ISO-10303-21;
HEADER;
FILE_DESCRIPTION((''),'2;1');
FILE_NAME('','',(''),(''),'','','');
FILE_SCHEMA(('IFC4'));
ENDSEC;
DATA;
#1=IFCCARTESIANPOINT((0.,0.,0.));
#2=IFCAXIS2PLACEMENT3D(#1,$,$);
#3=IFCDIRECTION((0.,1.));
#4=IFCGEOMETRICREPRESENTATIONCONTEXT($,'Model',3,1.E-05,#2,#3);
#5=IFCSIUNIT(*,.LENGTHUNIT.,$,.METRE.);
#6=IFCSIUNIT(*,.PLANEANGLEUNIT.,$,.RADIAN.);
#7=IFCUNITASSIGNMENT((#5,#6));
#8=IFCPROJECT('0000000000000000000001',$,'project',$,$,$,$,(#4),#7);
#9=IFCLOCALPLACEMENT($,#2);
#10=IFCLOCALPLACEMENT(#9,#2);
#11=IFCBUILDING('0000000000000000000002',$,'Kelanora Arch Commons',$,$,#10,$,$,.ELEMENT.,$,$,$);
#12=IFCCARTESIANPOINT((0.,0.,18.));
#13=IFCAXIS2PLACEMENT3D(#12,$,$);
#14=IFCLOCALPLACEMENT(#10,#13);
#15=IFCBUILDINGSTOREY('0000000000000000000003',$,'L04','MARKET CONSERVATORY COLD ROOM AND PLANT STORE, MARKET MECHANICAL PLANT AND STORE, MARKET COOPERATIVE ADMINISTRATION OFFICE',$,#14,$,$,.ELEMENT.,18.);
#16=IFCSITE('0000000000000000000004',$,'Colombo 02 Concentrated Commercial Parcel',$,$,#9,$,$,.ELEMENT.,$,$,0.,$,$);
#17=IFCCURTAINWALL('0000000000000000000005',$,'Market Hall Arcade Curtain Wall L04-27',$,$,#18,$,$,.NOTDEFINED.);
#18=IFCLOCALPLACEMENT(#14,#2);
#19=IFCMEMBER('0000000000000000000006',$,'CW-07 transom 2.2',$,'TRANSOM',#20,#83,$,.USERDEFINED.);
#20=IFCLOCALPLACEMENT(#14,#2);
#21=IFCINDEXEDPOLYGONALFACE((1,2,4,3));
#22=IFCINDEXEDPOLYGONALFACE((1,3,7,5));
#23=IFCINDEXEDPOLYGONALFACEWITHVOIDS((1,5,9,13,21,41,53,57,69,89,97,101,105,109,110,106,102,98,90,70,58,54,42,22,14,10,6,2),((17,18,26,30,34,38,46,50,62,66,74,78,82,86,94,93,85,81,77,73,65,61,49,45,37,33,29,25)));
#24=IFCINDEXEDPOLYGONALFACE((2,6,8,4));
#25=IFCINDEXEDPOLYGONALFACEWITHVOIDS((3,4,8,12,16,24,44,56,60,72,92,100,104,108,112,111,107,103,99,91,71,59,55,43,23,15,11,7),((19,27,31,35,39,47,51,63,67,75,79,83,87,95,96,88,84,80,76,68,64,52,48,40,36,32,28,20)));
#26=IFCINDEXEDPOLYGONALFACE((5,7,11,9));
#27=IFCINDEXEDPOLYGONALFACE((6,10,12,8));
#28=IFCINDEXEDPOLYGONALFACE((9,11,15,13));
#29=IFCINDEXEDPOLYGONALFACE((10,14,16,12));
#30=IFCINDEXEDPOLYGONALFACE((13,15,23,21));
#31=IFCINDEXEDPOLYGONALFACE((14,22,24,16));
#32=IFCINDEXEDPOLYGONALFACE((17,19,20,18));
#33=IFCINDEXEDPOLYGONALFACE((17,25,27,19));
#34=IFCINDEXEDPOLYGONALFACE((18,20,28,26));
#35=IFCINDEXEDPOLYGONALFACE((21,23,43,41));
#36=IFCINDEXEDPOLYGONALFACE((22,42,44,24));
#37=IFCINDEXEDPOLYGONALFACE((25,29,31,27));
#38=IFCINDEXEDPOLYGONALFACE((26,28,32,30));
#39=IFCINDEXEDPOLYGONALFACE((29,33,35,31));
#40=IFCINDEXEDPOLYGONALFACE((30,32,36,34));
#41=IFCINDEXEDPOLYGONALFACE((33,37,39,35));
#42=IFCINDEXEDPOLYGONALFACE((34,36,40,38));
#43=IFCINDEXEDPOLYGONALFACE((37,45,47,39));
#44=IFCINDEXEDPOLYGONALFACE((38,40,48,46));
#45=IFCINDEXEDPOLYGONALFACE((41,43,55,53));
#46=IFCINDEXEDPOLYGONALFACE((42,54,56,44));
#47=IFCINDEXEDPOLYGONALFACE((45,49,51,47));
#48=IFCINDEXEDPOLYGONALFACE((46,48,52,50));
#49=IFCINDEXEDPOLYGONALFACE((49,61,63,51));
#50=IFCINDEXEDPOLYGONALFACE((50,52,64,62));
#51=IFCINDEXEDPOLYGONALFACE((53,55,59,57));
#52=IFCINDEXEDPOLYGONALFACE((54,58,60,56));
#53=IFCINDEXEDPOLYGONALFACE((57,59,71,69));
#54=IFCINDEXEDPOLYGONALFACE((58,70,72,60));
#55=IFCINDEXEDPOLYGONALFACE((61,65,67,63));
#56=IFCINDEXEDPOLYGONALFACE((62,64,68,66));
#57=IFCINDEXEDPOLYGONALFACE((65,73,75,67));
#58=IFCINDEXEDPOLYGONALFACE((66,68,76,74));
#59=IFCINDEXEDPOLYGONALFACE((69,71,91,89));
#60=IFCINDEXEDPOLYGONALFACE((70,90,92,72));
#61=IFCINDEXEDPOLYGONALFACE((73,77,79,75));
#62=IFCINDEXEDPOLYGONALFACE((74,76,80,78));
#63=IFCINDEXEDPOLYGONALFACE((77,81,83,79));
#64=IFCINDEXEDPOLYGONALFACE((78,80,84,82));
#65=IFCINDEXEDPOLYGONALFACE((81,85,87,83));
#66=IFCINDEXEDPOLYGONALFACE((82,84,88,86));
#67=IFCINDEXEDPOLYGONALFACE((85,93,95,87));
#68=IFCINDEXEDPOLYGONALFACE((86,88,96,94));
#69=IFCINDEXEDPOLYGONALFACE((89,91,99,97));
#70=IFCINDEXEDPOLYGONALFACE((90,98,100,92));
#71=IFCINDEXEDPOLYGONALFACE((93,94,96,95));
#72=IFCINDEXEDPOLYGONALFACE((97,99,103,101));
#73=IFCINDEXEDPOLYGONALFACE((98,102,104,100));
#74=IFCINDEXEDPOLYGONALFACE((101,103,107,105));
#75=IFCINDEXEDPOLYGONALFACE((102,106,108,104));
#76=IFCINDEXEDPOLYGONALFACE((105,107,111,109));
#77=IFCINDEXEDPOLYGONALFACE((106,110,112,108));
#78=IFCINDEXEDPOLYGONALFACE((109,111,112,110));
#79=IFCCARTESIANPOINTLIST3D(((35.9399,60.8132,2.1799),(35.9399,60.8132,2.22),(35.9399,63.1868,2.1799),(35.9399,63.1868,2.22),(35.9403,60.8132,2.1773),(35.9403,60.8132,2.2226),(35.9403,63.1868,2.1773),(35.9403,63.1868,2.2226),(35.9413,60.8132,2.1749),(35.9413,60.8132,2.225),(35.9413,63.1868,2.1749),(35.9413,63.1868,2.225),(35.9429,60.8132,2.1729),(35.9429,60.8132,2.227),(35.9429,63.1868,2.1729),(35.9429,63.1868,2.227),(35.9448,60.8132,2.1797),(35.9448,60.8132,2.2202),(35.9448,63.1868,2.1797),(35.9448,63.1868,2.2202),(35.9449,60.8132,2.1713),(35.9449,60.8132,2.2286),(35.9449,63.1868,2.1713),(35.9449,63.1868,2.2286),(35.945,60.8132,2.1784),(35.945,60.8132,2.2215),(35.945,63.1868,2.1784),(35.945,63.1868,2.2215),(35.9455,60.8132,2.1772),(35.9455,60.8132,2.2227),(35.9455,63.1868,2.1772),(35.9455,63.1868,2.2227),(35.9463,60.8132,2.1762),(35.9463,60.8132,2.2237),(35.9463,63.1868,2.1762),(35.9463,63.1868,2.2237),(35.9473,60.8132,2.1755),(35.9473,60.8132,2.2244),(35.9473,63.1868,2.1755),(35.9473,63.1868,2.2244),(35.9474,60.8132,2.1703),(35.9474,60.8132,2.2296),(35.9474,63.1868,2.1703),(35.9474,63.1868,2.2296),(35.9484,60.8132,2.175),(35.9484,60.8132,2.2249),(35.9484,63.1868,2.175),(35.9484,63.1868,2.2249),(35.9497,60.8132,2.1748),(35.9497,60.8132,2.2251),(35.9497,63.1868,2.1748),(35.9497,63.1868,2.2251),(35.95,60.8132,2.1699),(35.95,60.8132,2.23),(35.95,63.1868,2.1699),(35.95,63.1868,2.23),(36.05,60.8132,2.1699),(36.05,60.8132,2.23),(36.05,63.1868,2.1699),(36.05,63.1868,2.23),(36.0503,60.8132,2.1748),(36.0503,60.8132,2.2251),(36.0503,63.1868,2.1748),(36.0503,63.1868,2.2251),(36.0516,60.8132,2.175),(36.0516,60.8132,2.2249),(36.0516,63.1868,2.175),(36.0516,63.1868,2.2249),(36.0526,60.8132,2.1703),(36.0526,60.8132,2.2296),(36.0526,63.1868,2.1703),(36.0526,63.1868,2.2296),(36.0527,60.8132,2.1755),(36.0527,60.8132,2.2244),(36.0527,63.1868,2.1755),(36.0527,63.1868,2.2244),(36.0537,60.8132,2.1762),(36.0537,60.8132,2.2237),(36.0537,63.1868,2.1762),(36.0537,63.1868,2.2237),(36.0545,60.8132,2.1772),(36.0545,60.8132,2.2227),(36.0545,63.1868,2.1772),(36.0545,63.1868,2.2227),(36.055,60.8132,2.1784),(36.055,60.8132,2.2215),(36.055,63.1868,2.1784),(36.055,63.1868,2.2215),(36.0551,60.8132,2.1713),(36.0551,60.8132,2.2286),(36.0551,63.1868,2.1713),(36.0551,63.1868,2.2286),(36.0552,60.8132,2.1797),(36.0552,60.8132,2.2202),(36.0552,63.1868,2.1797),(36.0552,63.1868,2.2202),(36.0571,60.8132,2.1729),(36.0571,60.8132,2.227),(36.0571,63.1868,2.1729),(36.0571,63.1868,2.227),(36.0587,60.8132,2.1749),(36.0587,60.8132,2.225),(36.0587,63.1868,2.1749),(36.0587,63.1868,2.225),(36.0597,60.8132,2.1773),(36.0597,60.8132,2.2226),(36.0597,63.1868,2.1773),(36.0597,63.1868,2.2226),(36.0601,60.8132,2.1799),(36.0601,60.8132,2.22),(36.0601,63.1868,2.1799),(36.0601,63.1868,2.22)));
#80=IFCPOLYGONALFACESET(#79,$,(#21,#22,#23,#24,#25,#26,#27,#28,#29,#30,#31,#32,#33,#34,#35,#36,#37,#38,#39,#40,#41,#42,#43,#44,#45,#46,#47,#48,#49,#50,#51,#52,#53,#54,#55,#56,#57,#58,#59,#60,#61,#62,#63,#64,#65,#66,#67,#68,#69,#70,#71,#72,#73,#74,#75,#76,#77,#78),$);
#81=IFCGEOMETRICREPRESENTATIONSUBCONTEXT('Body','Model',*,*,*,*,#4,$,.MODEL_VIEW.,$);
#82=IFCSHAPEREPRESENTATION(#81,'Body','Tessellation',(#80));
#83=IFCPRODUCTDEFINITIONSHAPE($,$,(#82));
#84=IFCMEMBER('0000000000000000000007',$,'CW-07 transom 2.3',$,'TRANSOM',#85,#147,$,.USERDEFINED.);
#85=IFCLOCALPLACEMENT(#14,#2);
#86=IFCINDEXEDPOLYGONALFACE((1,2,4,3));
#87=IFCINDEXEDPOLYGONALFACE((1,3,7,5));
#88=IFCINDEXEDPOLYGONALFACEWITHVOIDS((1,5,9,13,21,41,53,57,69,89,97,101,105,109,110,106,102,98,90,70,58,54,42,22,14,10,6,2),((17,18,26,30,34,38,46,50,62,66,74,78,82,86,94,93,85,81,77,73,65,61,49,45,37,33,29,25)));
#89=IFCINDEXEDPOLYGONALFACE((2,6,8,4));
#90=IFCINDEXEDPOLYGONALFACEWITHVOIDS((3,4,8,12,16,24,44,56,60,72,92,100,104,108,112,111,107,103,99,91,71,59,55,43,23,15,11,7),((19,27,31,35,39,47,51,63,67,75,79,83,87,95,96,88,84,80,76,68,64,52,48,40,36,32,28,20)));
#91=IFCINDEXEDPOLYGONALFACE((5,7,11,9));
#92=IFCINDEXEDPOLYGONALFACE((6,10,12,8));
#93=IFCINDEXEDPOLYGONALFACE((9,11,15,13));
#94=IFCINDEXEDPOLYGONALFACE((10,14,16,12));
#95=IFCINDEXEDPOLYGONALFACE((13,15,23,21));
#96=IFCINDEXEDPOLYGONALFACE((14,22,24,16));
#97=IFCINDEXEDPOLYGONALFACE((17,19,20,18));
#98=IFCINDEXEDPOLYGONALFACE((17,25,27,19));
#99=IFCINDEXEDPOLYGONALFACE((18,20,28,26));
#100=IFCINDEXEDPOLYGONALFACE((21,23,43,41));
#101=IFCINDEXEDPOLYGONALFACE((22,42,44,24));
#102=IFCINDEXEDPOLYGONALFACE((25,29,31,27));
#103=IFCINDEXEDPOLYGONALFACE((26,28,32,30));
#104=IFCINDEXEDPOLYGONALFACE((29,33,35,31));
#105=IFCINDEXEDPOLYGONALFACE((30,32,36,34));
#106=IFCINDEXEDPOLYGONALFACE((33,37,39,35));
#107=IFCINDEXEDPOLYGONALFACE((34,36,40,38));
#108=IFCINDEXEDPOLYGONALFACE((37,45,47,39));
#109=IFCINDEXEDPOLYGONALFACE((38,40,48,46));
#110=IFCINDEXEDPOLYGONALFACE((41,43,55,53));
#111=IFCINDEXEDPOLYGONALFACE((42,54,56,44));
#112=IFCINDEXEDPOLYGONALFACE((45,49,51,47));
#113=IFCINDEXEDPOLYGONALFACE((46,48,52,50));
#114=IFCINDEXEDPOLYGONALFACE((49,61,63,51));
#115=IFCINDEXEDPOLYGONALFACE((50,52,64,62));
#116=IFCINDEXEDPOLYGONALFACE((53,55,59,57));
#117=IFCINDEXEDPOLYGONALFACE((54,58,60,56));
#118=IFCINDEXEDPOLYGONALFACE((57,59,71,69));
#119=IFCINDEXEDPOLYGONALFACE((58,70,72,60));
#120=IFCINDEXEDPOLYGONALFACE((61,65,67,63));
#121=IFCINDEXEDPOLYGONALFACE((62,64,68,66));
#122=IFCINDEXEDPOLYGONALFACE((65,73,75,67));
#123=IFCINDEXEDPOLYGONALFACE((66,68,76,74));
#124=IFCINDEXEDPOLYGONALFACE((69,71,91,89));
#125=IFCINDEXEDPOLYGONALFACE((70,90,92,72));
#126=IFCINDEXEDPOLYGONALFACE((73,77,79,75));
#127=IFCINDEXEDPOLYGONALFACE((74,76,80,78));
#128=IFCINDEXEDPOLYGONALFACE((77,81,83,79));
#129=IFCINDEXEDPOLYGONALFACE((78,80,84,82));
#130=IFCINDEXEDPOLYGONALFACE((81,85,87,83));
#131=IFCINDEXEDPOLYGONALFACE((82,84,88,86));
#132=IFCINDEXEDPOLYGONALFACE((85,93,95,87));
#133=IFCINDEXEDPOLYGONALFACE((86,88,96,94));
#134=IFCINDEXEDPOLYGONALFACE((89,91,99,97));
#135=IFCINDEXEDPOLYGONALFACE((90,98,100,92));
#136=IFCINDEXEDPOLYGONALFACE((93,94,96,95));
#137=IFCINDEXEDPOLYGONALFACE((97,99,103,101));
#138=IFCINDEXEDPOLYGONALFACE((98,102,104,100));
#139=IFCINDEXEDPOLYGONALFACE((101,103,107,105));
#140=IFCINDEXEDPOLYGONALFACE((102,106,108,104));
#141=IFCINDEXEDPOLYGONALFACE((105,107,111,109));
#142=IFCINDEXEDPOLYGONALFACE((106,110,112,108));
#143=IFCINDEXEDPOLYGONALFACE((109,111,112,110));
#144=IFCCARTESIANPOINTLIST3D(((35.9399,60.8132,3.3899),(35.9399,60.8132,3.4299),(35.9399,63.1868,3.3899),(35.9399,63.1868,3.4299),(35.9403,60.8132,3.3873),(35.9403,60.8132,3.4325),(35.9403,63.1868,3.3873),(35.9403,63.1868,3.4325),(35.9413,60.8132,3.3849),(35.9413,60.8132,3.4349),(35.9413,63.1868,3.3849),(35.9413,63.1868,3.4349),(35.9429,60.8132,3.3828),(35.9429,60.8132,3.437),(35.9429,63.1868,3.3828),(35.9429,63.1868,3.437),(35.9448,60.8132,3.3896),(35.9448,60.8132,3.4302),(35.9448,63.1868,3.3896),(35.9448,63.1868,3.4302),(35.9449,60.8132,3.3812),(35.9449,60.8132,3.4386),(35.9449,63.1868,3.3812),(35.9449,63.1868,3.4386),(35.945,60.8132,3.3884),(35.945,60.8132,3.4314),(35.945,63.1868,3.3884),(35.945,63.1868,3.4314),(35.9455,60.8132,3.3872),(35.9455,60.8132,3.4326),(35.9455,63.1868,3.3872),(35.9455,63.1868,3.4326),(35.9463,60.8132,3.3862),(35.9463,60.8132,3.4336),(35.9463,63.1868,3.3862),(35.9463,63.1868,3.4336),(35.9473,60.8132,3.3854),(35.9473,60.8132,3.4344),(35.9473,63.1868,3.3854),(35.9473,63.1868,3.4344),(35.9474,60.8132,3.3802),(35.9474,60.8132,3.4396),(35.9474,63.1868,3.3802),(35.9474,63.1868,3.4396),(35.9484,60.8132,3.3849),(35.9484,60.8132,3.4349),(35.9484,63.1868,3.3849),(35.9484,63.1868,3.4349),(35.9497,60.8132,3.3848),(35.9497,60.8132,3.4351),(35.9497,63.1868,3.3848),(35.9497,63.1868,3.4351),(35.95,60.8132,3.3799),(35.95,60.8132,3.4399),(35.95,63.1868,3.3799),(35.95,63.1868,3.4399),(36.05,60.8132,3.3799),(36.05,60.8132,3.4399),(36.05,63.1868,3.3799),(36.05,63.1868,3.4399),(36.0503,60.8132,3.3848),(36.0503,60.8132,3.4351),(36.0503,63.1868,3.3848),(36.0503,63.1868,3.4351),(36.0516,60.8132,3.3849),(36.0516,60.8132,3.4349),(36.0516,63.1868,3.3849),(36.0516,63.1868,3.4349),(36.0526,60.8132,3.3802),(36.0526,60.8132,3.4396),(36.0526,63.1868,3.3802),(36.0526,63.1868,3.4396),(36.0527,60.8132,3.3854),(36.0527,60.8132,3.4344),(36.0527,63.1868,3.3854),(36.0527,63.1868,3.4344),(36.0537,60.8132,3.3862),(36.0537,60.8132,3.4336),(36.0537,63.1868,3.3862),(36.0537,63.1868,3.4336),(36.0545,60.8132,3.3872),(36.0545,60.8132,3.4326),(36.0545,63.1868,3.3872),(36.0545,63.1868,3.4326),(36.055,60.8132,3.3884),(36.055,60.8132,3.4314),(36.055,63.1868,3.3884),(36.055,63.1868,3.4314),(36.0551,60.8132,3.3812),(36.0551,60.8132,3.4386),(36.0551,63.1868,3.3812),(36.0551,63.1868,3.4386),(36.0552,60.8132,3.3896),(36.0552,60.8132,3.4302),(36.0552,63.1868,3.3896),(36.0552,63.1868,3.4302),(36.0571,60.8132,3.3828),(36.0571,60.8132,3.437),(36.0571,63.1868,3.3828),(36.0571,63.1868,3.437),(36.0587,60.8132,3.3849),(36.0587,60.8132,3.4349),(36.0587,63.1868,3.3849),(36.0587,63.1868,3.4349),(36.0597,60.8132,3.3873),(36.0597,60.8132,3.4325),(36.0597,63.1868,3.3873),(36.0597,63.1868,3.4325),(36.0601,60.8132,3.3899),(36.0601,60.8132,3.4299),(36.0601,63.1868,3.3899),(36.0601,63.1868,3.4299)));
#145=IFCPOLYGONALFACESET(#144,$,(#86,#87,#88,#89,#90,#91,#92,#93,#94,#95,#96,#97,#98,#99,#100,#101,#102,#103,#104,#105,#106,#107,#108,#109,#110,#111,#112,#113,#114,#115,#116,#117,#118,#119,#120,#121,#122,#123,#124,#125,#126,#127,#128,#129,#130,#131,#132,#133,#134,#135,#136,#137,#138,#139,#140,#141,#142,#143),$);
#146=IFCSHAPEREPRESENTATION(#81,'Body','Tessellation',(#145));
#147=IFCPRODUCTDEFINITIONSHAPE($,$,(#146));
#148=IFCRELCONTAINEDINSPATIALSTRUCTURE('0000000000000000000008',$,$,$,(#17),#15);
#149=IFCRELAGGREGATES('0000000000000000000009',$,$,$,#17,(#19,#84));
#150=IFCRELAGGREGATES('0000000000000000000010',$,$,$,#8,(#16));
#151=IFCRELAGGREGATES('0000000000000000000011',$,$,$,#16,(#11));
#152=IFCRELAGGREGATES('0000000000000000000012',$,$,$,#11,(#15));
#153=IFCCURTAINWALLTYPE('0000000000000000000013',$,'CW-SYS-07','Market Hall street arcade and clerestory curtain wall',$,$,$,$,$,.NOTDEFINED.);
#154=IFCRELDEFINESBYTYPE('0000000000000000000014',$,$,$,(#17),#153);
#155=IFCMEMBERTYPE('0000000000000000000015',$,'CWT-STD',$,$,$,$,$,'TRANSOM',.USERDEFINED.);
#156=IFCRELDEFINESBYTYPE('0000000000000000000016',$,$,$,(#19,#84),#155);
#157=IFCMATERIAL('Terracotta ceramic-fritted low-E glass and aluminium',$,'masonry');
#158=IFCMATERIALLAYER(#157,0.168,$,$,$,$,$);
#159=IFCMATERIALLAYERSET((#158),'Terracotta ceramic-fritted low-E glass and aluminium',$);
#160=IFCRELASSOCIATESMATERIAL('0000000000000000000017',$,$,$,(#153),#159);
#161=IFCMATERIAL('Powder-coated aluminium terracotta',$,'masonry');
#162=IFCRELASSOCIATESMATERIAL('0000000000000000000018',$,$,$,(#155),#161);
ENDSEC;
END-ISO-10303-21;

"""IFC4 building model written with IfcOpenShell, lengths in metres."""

from ifc_helpers import new_model, si_unit, direction, frame, origin, origin_2d, place, context, subcontext, project, spatial, hollow_rectangle, extrude, material, layer, layer_set, material_profile, profile_set, type_object, element, aggregate, save


model = new_model("IFC4")

# Units and contexts
model_context = context("Model", 3, precision=1e-05, world=origin(), true_north=direction((0.0, 1.0)))
body_context = subcontext(model_context, "Body", "Model", "MODEL_VIEW")
ifc_project = project(units=[si_unit("LENGTHUNIT", "METRE"), si_unit("PLANEANGLEUNIT", "RADIAN")], contexts=[model_context])

# Site, building, storey
site_placement = place(None, origin())
site = spatial("IfcSite", under=ifc_project, at=site_placement, Name="Colombo 02 Concentrated Commercial Parcel", CompositionType="ELEMENT", RefElevation=0.0)
building_placement = place(site_placement, origin())
building = spatial("IfcBuilding", under=site, at=building_placement, Name="Kelanora Arch Commons", CompositionType="ELEMENT")
storey_placement = place(building_placement, frame((0.0, 0.0, 18.0)))
storey = spatial("IfcBuildingStorey", under=building, at=storey_placement, Name="L04", Description="MARKET CONSERVATORY COLD ROOM AND PLANT STORE, MARKET MECHANICAL PLANT AND STORE, MARKET COOPERATIVE ADMINISTRATION OFFICE", CompositionType="ELEMENT", Elevation=18.0)

# Curtain wall
ifc_material_1 = material(Name="Terracotta ceramic-fritted low-E glass and aluminium", Category="masonry")
ifc_layer_1 = layer(ifc_material_1, 0.168)
ifc_layer_set_1 = layer_set([ifc_layer_1], Name="Terracotta ceramic-fritted low-E glass and aluminium")
curtain_wall_type_1 = type_object("IfcCurtainWallType", Name="CW-SYS-07", Description="Market Hall street arcade and clerestory curtain wall", PredefinedType="NOTDEFINED", material=ifc_layer_set_1)
curtain_wall_1_placement = place(storey_placement, origin())
curtain_wall_1 = element("IfcCurtainWall", 1, at=curtain_wall_1_placement, inside=storey, type_object=curtain_wall_type_1, Name="Market Hall Arcade Curtain Wall L04-27", PredefinedType="NOTDEFINED")
ifc_material_2 = material(Name="Powder-coated aluminium terracotta", Category="masonry")

# Members
ifc_material_profile_1 = material_profile(ifc_material_2, hollow_rectangle(XDim=0.1201, YDim=0.0601, WallThickness=0.0049, InnerFilletRadius=0.0049, OuterFilletRadius=0.01, at=origin_2d()), Name="CWT120x60")
ifc_profile_set_1 = profile_set([ifc_material_profile_1], Name="Powder-coated aluminium terracotta")
member_type_1 = type_object("IfcMemberType", Name="CWT-STD", ElementType="TRANSOM", PredefinedType="USERDEFINED", material=ifc_profile_set_1)
member_1_placement = place(storey_placement, frame((36.0, 60.8132, 2.2), z_axis=(0.0, 1.0, 0.0), x_axis=(-1.0, 0.0, 0.0)))
member_1 = element("IfcMember", 2, at=member_1_placement, type_object=member_type_1, Name="CW-07 transom 2.2", ObjectType="TRANSOM", PredefinedType="USERDEFINED", context=body_context, shape_type="SweptSolid", body=[
    extrude(hollow_rectangle(XDim=0.1201, YDim=0.0601, WallThickness=0.0049, InnerFilletRadius=0.0049, OuterFilletRadius=0.01, at=origin_2d()), origin(), (0.0, 0.0, 1.0), 2.3735),
])
member_2_placement = place(storey_placement, frame((36.0, 60.8132, 3.4099), z_axis=(0.0, 1.0, 0.0), x_axis=(-1.0, 0.0, 0.0)))
member_2 = element("IfcMember", 3, at=member_2_placement, type_object=member_type_1, Name="CW-07 transom 2.3", ObjectType="TRANSOM", PredefinedType="USERDEFINED", context=body_context, shape_type="SweptSolid", body=[
    extrude(hollow_rectangle(XDim=0.1201, YDim=0.0601, WallThickness=0.0049, InnerFilletRadius=0.0049, OuterFilletRadius=0.01, at=origin_2d()), origin(), (0.0, 0.0, 1.0), 2.3735),
])

aggregate(curtain_wall_1, [member_1, member_2])

save(model, "model.ifc")
